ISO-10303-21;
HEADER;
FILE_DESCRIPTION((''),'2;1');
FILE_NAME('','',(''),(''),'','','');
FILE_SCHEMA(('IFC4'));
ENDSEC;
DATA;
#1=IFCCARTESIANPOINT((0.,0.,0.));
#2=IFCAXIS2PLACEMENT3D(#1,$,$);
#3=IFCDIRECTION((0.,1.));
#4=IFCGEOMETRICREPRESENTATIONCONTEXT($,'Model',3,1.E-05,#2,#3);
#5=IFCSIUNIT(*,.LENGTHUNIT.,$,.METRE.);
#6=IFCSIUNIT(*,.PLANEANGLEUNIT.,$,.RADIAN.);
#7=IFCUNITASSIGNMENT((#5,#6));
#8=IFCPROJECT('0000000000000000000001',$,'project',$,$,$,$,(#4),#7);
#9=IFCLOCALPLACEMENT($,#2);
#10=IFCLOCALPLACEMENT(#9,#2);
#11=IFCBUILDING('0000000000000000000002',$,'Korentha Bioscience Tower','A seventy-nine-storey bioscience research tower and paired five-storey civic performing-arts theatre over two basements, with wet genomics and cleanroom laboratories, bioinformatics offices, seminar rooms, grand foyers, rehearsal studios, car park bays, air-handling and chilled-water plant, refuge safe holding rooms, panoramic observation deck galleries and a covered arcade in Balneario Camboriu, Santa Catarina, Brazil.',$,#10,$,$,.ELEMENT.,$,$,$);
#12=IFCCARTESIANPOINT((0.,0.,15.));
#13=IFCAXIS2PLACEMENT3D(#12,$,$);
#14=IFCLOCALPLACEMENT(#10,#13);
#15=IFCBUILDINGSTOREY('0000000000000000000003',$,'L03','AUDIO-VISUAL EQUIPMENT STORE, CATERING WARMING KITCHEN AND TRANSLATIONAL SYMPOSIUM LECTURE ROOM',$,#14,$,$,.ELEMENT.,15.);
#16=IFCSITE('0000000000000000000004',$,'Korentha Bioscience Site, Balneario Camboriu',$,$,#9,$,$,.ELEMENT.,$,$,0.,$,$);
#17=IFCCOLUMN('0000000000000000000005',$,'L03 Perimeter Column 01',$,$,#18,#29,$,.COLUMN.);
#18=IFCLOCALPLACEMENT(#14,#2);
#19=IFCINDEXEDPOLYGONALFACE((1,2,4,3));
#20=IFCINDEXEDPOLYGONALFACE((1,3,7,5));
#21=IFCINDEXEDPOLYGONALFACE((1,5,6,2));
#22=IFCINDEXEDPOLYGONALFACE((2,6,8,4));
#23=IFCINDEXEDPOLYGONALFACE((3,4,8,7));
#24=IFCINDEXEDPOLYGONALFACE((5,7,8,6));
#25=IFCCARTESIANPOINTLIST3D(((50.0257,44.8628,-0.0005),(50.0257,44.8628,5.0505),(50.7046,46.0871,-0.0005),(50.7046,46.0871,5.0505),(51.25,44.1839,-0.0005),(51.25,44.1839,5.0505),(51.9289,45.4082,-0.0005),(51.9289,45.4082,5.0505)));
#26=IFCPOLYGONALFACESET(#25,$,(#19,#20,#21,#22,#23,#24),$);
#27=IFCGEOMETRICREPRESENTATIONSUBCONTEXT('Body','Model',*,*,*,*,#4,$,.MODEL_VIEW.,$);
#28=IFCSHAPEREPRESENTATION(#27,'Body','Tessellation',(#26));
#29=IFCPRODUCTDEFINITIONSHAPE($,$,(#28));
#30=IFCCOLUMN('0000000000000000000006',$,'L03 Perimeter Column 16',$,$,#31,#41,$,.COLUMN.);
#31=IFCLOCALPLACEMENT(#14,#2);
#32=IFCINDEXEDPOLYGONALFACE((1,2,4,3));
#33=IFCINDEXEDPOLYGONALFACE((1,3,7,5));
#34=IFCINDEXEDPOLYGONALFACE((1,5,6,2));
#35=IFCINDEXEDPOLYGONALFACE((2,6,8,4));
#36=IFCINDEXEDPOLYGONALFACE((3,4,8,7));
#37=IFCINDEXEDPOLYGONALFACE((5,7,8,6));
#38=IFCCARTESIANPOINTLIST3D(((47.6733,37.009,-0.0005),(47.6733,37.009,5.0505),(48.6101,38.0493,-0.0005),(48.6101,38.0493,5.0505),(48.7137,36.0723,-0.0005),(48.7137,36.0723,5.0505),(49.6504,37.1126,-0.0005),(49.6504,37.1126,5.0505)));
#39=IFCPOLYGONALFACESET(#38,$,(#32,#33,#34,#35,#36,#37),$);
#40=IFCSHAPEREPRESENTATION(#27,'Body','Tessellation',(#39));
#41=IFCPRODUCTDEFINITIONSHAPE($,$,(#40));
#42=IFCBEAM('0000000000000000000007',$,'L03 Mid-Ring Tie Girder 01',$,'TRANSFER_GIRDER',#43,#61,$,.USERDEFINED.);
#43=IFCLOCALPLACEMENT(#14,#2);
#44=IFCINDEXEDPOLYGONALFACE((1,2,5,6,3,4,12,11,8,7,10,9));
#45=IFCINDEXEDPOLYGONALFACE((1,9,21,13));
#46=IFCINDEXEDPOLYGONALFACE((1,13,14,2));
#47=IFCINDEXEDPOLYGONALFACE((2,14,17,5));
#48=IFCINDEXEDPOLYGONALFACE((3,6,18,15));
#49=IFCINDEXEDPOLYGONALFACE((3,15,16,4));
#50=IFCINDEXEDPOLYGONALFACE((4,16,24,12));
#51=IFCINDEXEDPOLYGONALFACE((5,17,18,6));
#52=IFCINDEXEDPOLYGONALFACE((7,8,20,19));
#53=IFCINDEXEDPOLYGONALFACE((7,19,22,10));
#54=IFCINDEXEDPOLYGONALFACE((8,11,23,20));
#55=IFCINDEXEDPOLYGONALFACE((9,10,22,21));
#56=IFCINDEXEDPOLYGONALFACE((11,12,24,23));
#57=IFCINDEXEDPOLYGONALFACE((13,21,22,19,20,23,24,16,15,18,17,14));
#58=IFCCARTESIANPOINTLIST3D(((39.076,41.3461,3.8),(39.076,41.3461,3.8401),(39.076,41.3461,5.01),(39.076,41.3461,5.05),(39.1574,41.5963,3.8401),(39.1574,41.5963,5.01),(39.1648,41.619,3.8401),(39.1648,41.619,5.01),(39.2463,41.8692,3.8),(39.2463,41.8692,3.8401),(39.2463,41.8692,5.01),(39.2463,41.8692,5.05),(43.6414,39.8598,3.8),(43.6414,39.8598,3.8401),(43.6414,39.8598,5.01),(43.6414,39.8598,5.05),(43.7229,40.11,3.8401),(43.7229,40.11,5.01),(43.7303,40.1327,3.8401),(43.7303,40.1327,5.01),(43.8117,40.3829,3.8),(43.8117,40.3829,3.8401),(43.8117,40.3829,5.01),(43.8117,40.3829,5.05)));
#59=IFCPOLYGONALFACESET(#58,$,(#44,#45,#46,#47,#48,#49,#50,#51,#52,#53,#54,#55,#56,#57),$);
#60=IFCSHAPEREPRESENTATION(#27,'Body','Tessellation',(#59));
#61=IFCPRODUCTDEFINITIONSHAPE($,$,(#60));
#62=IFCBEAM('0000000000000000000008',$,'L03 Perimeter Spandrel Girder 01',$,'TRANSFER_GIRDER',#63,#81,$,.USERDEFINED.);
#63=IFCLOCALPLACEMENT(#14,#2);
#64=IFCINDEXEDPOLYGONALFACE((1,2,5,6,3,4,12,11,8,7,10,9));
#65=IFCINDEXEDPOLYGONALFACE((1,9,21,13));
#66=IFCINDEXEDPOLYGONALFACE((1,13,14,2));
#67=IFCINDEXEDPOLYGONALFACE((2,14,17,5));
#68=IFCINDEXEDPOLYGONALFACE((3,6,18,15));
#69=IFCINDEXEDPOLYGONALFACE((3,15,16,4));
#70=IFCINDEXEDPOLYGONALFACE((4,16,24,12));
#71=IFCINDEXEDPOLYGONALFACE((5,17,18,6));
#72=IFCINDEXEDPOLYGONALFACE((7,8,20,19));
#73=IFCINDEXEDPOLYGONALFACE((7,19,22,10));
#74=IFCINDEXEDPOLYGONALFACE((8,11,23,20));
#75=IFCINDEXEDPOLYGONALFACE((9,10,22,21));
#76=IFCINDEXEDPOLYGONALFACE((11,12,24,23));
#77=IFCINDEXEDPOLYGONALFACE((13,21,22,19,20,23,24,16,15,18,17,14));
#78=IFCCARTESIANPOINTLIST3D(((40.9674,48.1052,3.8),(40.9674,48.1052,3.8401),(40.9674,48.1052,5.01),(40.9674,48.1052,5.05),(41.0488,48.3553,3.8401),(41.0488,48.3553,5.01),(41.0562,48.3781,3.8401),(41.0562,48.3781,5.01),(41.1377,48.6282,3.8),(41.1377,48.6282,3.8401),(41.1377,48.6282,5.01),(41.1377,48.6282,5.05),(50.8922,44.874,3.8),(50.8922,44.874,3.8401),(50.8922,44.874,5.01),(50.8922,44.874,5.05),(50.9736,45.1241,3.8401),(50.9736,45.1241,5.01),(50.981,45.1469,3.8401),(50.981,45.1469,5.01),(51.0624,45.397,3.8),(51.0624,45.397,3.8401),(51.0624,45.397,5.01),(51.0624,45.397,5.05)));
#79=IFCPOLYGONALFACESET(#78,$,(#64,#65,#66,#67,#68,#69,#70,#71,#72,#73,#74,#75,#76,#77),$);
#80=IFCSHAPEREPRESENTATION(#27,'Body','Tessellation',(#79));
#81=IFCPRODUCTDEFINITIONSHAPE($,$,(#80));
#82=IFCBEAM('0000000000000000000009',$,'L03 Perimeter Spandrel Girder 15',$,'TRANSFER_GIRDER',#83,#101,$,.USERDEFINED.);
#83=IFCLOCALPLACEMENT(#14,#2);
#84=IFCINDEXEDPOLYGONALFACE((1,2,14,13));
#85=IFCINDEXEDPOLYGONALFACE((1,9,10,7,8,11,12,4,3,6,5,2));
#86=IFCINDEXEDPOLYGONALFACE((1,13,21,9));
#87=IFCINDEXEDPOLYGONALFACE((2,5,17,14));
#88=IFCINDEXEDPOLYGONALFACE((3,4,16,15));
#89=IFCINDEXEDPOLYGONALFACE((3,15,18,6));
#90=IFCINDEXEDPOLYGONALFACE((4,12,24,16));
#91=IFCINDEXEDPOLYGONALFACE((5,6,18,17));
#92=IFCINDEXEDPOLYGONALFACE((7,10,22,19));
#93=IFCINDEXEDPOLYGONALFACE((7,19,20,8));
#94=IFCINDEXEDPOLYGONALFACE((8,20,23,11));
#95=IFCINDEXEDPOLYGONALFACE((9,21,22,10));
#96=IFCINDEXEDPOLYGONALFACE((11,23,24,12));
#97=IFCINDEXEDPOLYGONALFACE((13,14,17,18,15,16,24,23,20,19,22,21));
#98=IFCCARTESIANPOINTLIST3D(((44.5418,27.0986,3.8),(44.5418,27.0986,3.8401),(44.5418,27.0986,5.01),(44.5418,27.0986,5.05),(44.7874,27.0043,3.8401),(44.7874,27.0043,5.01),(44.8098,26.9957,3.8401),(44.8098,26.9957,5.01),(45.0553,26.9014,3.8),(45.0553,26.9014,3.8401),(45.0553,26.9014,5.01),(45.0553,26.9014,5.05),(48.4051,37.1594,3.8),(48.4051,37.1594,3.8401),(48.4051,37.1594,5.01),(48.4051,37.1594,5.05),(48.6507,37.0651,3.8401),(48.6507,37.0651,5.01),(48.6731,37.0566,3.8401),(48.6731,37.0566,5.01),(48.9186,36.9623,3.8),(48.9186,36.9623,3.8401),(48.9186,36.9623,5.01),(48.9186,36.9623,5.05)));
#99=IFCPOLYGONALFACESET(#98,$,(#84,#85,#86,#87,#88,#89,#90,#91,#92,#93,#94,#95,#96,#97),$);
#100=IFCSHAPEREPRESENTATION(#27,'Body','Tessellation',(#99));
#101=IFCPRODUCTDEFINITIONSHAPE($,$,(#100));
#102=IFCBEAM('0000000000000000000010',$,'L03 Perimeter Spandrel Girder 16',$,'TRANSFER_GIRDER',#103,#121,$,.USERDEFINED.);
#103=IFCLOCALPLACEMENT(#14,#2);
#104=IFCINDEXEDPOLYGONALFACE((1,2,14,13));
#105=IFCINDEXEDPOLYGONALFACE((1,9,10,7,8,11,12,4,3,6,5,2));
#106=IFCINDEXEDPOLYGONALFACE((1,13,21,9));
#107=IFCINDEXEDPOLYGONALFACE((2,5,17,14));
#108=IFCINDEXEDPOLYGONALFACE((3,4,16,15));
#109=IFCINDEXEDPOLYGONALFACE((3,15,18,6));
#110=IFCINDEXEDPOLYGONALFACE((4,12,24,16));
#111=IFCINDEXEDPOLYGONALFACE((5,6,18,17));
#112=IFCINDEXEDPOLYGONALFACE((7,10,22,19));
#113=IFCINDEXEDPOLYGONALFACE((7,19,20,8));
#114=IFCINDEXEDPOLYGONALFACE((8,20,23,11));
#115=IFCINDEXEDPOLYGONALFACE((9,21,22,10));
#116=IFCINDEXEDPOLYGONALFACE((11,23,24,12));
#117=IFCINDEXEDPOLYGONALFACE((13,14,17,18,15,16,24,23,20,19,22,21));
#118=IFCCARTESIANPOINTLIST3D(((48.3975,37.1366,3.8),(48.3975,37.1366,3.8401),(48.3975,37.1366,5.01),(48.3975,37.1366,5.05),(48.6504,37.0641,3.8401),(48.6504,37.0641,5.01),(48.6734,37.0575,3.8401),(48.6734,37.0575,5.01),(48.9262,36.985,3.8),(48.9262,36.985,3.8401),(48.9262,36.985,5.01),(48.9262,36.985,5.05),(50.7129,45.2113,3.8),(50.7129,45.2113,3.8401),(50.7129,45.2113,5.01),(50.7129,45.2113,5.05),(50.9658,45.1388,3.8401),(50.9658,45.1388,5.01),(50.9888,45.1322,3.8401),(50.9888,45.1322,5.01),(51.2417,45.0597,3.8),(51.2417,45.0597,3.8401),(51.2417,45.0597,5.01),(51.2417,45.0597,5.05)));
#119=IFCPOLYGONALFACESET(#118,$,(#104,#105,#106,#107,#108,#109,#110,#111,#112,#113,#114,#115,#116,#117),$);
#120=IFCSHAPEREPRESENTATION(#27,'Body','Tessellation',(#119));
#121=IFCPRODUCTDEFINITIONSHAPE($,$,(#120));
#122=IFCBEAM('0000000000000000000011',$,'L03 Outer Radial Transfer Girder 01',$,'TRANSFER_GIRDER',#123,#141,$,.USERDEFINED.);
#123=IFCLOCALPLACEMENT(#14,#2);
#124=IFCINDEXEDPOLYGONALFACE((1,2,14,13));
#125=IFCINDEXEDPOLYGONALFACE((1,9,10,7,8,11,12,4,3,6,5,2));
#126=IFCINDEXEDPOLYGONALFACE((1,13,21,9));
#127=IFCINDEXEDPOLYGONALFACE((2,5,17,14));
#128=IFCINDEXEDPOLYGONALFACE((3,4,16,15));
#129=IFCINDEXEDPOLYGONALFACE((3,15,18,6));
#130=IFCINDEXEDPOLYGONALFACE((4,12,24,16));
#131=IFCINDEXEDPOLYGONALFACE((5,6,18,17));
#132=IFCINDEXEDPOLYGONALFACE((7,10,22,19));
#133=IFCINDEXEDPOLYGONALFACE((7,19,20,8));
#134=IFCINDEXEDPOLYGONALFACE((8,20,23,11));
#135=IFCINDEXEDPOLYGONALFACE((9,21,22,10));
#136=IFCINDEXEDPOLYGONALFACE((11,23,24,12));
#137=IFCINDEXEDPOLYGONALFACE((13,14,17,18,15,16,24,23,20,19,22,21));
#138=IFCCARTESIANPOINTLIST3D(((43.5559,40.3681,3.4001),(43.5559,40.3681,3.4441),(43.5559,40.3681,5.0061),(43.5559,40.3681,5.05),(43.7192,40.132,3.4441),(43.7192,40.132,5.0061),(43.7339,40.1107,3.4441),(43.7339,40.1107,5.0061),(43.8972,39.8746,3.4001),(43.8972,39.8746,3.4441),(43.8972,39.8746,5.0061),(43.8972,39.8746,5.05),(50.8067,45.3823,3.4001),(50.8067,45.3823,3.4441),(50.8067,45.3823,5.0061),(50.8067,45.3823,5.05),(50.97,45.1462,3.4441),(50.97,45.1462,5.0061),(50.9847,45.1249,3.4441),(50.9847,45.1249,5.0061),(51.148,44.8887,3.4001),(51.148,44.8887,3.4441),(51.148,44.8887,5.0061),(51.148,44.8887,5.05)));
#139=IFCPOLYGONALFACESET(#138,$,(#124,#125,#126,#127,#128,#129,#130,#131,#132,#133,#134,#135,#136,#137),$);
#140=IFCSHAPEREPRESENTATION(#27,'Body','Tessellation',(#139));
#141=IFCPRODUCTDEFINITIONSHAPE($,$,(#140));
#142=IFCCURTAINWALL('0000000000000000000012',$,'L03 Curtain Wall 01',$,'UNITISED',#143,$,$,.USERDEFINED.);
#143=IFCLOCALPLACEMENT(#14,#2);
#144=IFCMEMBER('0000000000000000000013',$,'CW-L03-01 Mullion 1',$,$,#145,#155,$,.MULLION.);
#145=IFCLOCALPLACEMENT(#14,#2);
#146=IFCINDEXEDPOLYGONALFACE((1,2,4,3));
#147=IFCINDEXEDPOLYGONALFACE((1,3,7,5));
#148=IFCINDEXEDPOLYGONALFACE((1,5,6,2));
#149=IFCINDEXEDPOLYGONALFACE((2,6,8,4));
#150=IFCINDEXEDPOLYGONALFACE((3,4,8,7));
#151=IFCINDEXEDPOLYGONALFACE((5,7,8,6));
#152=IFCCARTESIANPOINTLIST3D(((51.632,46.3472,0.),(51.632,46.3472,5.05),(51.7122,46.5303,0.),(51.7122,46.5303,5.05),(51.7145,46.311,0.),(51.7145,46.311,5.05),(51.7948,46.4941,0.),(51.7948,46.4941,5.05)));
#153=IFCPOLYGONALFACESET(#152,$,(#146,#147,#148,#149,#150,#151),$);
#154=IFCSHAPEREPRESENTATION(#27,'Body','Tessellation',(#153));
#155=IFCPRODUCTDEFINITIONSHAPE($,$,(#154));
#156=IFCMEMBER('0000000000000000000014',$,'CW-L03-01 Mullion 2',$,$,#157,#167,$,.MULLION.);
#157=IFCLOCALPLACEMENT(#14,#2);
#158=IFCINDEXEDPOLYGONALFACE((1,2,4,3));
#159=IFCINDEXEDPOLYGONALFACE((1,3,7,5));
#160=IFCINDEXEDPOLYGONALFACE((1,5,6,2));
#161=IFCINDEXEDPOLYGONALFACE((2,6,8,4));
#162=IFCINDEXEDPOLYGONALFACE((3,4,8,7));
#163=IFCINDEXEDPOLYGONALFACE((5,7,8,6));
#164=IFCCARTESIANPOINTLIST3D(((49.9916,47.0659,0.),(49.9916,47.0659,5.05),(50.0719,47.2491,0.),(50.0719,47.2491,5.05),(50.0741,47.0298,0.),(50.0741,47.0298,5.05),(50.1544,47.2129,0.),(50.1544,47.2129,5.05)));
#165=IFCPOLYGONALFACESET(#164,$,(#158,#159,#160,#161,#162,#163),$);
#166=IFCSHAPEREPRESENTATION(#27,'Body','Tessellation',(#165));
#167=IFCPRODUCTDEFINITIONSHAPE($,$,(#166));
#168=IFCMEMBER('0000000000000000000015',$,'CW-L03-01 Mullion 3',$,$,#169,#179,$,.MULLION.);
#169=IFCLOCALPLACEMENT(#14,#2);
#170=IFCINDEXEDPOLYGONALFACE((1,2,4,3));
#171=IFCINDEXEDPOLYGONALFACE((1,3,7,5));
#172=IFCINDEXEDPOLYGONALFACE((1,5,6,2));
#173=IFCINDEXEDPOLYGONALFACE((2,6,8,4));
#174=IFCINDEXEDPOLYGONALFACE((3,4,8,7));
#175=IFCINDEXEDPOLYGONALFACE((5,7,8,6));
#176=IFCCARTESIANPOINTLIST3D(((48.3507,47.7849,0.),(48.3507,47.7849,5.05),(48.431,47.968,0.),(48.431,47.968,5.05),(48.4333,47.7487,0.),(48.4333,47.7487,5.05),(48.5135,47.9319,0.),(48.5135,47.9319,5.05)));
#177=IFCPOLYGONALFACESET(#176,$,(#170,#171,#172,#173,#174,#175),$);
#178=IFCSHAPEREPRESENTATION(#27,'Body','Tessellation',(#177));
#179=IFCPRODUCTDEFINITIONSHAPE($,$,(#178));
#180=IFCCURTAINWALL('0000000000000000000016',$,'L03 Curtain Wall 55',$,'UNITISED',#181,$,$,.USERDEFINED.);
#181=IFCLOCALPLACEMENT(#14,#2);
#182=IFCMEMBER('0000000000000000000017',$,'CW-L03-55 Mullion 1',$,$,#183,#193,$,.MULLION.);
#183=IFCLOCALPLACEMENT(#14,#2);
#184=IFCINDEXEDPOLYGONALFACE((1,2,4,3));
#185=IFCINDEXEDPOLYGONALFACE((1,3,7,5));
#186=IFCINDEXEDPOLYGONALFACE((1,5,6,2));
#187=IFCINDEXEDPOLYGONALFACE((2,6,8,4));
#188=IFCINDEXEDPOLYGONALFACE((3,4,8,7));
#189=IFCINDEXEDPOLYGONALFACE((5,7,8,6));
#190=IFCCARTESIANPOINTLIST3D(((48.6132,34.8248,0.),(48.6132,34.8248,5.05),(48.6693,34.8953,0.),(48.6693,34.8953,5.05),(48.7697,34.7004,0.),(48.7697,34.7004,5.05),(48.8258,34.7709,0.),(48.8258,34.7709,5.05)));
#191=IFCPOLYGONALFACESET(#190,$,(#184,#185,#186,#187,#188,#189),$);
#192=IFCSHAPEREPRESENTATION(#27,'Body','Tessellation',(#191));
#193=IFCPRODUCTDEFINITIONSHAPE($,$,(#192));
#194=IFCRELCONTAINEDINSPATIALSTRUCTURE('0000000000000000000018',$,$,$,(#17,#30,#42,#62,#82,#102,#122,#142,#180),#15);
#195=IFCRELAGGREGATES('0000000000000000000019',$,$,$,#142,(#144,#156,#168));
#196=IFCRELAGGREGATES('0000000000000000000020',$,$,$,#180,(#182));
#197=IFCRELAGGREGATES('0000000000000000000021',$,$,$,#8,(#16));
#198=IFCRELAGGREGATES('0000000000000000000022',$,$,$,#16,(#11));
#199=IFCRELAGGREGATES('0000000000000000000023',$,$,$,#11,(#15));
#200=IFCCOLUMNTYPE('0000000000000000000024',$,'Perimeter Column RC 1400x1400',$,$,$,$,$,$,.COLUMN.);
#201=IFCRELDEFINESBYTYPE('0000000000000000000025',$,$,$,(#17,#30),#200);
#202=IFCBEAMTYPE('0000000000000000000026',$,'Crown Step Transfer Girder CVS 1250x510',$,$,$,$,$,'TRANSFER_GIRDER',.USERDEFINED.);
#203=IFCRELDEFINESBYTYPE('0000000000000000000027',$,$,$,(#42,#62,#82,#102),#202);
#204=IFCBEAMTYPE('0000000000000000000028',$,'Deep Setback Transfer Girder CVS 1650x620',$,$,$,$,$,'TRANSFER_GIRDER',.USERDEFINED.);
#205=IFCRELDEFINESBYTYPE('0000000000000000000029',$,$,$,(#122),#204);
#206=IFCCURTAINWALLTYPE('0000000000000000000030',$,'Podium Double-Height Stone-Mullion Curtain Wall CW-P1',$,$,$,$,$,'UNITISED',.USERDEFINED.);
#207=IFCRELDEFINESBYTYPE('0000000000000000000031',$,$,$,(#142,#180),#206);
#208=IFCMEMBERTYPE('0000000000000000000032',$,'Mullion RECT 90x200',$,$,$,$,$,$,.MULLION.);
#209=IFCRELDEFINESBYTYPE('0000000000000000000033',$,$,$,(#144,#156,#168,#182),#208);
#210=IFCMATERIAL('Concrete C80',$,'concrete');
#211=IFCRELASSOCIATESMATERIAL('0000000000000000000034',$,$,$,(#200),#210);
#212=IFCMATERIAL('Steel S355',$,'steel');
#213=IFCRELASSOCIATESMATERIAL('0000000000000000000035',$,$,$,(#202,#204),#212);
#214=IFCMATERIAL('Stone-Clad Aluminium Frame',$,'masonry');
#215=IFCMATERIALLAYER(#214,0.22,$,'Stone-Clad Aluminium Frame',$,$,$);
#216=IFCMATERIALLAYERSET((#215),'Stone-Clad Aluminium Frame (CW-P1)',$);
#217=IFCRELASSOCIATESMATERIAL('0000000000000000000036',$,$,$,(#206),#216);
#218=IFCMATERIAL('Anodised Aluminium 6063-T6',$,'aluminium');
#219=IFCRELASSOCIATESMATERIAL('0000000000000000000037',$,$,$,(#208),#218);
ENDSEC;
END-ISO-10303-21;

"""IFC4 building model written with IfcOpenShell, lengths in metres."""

from ifc_helpers import new_model, si_unit, direction, frame, origin, origin_2d, place, context, subcontext, project, spatial, rectangle, i_section, extrude, material, layer, layer_set, material_profile, profile_set, type_object, element, aggregate, save


model = new_model("IFC4")

# Units and contexts
model_context = context("Model", 3, precision=1e-05, world=origin(), true_north=direction((0.0, 1.0)))
body_context = subcontext(model_context, "Body", "Model", "MODEL_VIEW")
ifc_project = project(units=[si_unit("LENGTHUNIT", "METRE"), si_unit("PLANEANGLEUNIT", "RADIAN")], contexts=[model_context])

# Site, building, storey
site_placement = place(None, origin())
site = spatial("IfcSite", under=ifc_project, at=site_placement, Name="Korentha Bioscience Site, Balneario Camboriu", CompositionType="ELEMENT", RefElevation=0.0)
building_placement = place(site_placement, origin())
building = spatial("IfcBuilding", under=site, at=building_placement, Name="Korentha Bioscience Tower", Description="A seventy-nine-storey bioscience research tower and paired five-storey civic performing-arts theatre over two basements, with wet genomics and cleanroom laboratories, bioinformatics offices, seminar rooms, grand foyers, rehearsal studios, car park bays, air-handling and chilled-water plant, refuge safe holding rooms, panoramic observation deck galleries and a covered arcade in Balneario Camboriu, Santa Catarina, Brazil.", CompositionType="ELEMENT")
storey_placement = place(building_placement, frame((0.0, 0.0, 15.0)))
storey = spatial("IfcBuildingStorey", under=building, at=storey_placement, Name="L03", Description="AUDIO-VISUAL EQUIPMENT STORE, CATERING WARMING KITCHEN AND TRANSLATIONAL SYMPOSIUM LECTURE ROOM", CompositionType="ELEMENT", Elevation=15.0)

# Columns
ifc_material_1 = material(Name="Concrete C80", Category="concrete")
ifc_material_profile_1 = material_profile(ifc_material_1, rectangle(XDim=1.3999, YDim=1.3999, at=origin_2d()), Name="Concrete C80")
ifc_profile_set_1 = profile_set([ifc_material_profile_1], Name="Concrete C80 (COL-P14)")
column_type = type_object("IfcColumnType", Name="Perimeter Column RC 1400x1400", PredefinedType="COLUMN", material=ifc_profile_set_1)
for number, where, z_axis, x_axis, name in (
    (1, (50.9773, 45.1355, -0.0005), (0.0, 0.0, 1.0), (-0.874535, 0.484962, 0.0), "L03 Perimeter Column 01"),
    (2, (48.6619, 37.0608, -0.0005), (0.0, 0.0, 1.0), (0.669131, 0.743145, 0.0), "L03 Perimeter Column 16"),
):
    element("IfcColumn", number, at=place(storey_placement, frame(where, z_axis=z_axis, x_axis=x_axis)), inside=storey, type_object=column_type, Name=name, PredefinedType="COLUMN", context=body_context, shape_type="SweptSolid", body=[
        extrude(rectangle(XDim=1.3999, YDim=1.3999, at=origin_2d()), origin(), (0.0, 0.0, 1.0), 5.051),
    ])

# Beams
ifc_material_2 = material(Name="Steel S355", Category="steel")
ifc_material_profile_2 = material_profile(ifc_material_2, i_section(OverallWidth=0.55, OverallDepth=1.25, WebThickness=0.0239, FlangeThickness=0.04, at=origin_2d()), Name="Steel S355")
ifc_profile_set_2 = profile_set([ifc_material_profile_2], Name="Steel S355 (TG-03)")
beam_type_1 = type_object("IfcBeamType", Name="Crown Step Transfer Girder CVS 1250x510", ElementType="TRANSFER_GIRDER", PredefinedType="USERDEFINED", material=ifc_profile_set_2)
beam_1_placement = place(storey_placement, frame((43.7266, 40.1213, 4.425), z_axis=(-0.950877, 0.309569, 0.0), x_axis=(-0.309569, -0.950877, 0.0)))
element("IfcBeam", 3, at=beam_1_placement, inside=storey, type_object=beam_type_1, Name="L03 Mid-Ring Tie Girder 01", ObjectType="TRANSFER_GIRDER", PredefinedType="USERDEFINED", context=body_context, shape_type="SweptSolid", body=[
    extrude(i_section(OverallWidth=0.55, OverallDepth=1.25, WebThickness=0.0239, FlangeThickness=0.04, at=origin_2d()), origin(), (0.0, 0.0, 1.0), 4.8013),
])
beam_2_placement = place(storey_placement, frame((50.9773, 45.1355, 4.425), z_axis=(-0.950875, 0.309575, 0.0), x_axis=(-0.309575, -0.950875, 0.0)))
element("IfcBeam", 4, at=beam_2_placement, inside=storey, type_object=beam_type_1, Name="L03 Perimeter Spandrel Girder 01", ObjectType="TRANSFER_GIRDER", PredefinedType="USERDEFINED", context=body_context, shape_type="SweptSolid", body=[
    extrude(i_section(OverallWidth=0.55, OverallDepth=1.25, WebThickness=0.0239, FlangeThickness=0.04, at=origin_2d()), origin(), (0.0, 0.0, 1.0), 10.4375),
])
beam_3_placement = place(storey_placement, frame((44.7986, 27.0, 4.425), z_axis=(0.358474, 0.93354, 0.0), x_axis=(-0.93354, 0.358474, 0.0)))
element("IfcBeam", 5, at=beam_3_placement, inside=storey, type_object=beam_type_1, Name="L03 Perimeter Spandrel Girder 15", ObjectType="TRANSFER_GIRDER", PredefinedType="USERDEFINED", context=body_context, shape_type="SweptSolid", body=[
    extrude(i_section(OverallWidth=0.55, OverallDepth=1.25, WebThickness=0.0239, FlangeThickness=0.04, at=origin_2d()), origin(), (0.0, 0.0, 1.0), 10.7771),
])
beam_4_placement = place(storey_placement, frame((48.6619, 37.0608, 4.425), z_axis=(0.275642, 0.96126, 0.0), x_axis=(-0.96126, 0.275642, 0.0)))
element("IfcBeam", 6, at=beam_4_placement, inside=storey, type_object=beam_type_1, Name="L03 Perimeter Spandrel Girder 16", ObjectType="TRANSFER_GIRDER", PredefinedType="USERDEFINED", context=body_context, shape_type="SweptSolid", body=[
    extrude(i_section(OverallWidth=0.55, OverallDepth=1.25, WebThickness=0.0239, FlangeThickness=0.04, at=origin_2d()), origin(), (0.0, 0.0, 1.0), 8.4001),
])
ifc_material_profile_3 = material_profile(ifc_material_2, i_section(OverallWidth=0.6001, OverallDepth=1.6499, WebThickness=0.0259, FlangeThickness=0.0439, at=origin_2d()), Name="Steel S355")
ifc_profile_set_3 = profile_set([ifc_material_profile_3], Name="Steel S355 (TG-04)")
beam_type_2 = type_object("IfcBeamType", Name="Deep Setback Transfer Girder CVS 1650x620", ElementType="TRANSFER_GIRDER", PredefinedType="USERDEFINED", material=ifc_profile_set_3)
beam_5_placement = place(storey_placement, frame((43.7266, 40.1213, 4.2251), z_axis=(0.822488, 0.568782, 0.0), x_axis=(-0.568782, 0.822488, 0.0)))
element("IfcBeam", 7, at=beam_5_placement, inside=storey, type_object=beam_type_2, Name="L03 Outer Radial Transfer Girder 01", ObjectType="TRANSFER_GIRDER", PredefinedType="USERDEFINED", context=body_context, shape_type="SweptSolid", body=[
    extrude(i_section(OverallWidth=0.6001, OverallDepth=1.6499, WebThickness=0.0259, FlangeThickness=0.0439, at=origin_2d()), origin(), (0.0, 0.0, 1.0), 8.8157),
])

# Curtain walls, members
ifc_material_3 = material(Name="Stone-Clad Aluminium Frame", Category="masonry")
ifc_layer_1 = layer(ifc_material_3, 0.22, Name="Stone-Clad Aluminium Frame")
ifc_layer_set_1 = layer_set([ifc_layer_1], Name="Stone-Clad Aluminium Frame (CW-P1)")
curtain_wall_type = type_object("IfcCurtainWallType", Name="Podium Double-Height Stone-Mullion Curtain Wall CW-P1", ElementType="UNITISED", PredefinedType="USERDEFINED", material=ifc_layer_set_1)
curtain_wall_1_placement = place(storey_placement, origin())
curtain_wall_1 = element("IfcCurtainWall", 8, at=curtain_wall_1_placement, inside=storey, type_object=curtain_wall_type, Name="L03 Curtain Wall 01", ObjectType="UNITISED", PredefinedType="USERDEFINED")
ifc_material_4 = material(Name="Anodised Aluminium 6063-T6", Category="aluminium")
ifc_material_profile_4 = material_profile(ifc_material_4, rectangle(XDim=0.0901, YDim=0.2, at=origin_2d()), Name="Anodised Aluminium 6063-T6")
ifc_profile_set_4 = profile_set([ifc_material_profile_4], Name="Anodised Aluminium 6063-T6 (CW-MUL)")
member_type_1 = type_object("IfcMemberType", Name="Mullion RECT 90x200", PredefinedType="MULLION", material=ifc_profile_set_4)
member_1_placement = place(storey_placement, frame((51.7134, 46.4207, 0.0), z_axis=(0.0, 0.0, 1.0), x_axis=(-0.915939, 0.401317, 0.0)))
member_1 = element("IfcMember", 9, at=member_1_placement, type_object=member_type_1, Name="CW-L03-01 Mullion 1", PredefinedType="MULLION", context=body_context, shape_type="SweptSolid", body=[
    extrude(rectangle(XDim=0.0901, YDim=0.2, at=origin_2d()), origin(), (0.0, 0.0, 1.0), 5.05),
])
member_2_placement = place(storey_placement, frame((50.073, 47.1394, 0.0), z_axis=(0.0, 0.0, 1.0), x_axis=(-0.915939, 0.401317, 0.0)))
member_2 = element("IfcMember", 10, at=member_2_placement, type_object=member_type_1, Name="CW-L03-01 Mullion 2", PredefinedType="MULLION", context=body_context, shape_type="SweptSolid", body=[
    extrude(rectangle(XDim=0.0901, YDim=0.2, at=origin_2d()), origin(), (0.0, 0.0, 1.0), 5.05),
])
member_3_placement = place(storey_placement, frame((48.4321, 47.8584, 0.0), z_axis=(0.0, 0.0, 1.0), x_axis=(-0.915939, 0.401317, 0.0)))
member_3 = element("IfcMember", 11, at=member_3_placement, type_object=member_type_1, Name="CW-L03-01 Mullion 3", PredefinedType="MULLION", context=body_context, shape_type="SweptSolid", body=[
    extrude(rectangle(XDim=0.0901, YDim=0.2, at=origin_2d()), origin(), (0.0, 0.0, 1.0), 5.05),
])
curtain_wall_2_placement = place(storey_placement, origin())
curtain_wall_2 = element("IfcCurtainWall", 12, at=curtain_wall_2_placement, inside=storey, type_object=curtain_wall_type, Name="L03 Curtain Wall 55", ObjectType="UNITISED", PredefinedType="USERDEFINED")
member_4_placement = place(storey_placement, frame((48.7195, 34.7979, 0.0), z_axis=(0.0, 0.0, 1.0), x_axis=(0.62252, 0.782604, 0.0)))
member_4 = element("IfcMember", 13, at=member_4_placement, type_object=member_type_1, Name="CW-L03-55 Mullion 1", PredefinedType="MULLION", context=body_context, shape_type="SweptSolid", body=[
    extrude(rectangle(XDim=0.0901, YDim=0.2, at=origin_2d()), origin(), (0.0, 0.0, 1.0), 5.05),
])

aggregate(curtain_wall_1, [member_1, member_2, member_3])
aggregate(curtain_wall_2, [member_4])

save(model, "model.ifc")
